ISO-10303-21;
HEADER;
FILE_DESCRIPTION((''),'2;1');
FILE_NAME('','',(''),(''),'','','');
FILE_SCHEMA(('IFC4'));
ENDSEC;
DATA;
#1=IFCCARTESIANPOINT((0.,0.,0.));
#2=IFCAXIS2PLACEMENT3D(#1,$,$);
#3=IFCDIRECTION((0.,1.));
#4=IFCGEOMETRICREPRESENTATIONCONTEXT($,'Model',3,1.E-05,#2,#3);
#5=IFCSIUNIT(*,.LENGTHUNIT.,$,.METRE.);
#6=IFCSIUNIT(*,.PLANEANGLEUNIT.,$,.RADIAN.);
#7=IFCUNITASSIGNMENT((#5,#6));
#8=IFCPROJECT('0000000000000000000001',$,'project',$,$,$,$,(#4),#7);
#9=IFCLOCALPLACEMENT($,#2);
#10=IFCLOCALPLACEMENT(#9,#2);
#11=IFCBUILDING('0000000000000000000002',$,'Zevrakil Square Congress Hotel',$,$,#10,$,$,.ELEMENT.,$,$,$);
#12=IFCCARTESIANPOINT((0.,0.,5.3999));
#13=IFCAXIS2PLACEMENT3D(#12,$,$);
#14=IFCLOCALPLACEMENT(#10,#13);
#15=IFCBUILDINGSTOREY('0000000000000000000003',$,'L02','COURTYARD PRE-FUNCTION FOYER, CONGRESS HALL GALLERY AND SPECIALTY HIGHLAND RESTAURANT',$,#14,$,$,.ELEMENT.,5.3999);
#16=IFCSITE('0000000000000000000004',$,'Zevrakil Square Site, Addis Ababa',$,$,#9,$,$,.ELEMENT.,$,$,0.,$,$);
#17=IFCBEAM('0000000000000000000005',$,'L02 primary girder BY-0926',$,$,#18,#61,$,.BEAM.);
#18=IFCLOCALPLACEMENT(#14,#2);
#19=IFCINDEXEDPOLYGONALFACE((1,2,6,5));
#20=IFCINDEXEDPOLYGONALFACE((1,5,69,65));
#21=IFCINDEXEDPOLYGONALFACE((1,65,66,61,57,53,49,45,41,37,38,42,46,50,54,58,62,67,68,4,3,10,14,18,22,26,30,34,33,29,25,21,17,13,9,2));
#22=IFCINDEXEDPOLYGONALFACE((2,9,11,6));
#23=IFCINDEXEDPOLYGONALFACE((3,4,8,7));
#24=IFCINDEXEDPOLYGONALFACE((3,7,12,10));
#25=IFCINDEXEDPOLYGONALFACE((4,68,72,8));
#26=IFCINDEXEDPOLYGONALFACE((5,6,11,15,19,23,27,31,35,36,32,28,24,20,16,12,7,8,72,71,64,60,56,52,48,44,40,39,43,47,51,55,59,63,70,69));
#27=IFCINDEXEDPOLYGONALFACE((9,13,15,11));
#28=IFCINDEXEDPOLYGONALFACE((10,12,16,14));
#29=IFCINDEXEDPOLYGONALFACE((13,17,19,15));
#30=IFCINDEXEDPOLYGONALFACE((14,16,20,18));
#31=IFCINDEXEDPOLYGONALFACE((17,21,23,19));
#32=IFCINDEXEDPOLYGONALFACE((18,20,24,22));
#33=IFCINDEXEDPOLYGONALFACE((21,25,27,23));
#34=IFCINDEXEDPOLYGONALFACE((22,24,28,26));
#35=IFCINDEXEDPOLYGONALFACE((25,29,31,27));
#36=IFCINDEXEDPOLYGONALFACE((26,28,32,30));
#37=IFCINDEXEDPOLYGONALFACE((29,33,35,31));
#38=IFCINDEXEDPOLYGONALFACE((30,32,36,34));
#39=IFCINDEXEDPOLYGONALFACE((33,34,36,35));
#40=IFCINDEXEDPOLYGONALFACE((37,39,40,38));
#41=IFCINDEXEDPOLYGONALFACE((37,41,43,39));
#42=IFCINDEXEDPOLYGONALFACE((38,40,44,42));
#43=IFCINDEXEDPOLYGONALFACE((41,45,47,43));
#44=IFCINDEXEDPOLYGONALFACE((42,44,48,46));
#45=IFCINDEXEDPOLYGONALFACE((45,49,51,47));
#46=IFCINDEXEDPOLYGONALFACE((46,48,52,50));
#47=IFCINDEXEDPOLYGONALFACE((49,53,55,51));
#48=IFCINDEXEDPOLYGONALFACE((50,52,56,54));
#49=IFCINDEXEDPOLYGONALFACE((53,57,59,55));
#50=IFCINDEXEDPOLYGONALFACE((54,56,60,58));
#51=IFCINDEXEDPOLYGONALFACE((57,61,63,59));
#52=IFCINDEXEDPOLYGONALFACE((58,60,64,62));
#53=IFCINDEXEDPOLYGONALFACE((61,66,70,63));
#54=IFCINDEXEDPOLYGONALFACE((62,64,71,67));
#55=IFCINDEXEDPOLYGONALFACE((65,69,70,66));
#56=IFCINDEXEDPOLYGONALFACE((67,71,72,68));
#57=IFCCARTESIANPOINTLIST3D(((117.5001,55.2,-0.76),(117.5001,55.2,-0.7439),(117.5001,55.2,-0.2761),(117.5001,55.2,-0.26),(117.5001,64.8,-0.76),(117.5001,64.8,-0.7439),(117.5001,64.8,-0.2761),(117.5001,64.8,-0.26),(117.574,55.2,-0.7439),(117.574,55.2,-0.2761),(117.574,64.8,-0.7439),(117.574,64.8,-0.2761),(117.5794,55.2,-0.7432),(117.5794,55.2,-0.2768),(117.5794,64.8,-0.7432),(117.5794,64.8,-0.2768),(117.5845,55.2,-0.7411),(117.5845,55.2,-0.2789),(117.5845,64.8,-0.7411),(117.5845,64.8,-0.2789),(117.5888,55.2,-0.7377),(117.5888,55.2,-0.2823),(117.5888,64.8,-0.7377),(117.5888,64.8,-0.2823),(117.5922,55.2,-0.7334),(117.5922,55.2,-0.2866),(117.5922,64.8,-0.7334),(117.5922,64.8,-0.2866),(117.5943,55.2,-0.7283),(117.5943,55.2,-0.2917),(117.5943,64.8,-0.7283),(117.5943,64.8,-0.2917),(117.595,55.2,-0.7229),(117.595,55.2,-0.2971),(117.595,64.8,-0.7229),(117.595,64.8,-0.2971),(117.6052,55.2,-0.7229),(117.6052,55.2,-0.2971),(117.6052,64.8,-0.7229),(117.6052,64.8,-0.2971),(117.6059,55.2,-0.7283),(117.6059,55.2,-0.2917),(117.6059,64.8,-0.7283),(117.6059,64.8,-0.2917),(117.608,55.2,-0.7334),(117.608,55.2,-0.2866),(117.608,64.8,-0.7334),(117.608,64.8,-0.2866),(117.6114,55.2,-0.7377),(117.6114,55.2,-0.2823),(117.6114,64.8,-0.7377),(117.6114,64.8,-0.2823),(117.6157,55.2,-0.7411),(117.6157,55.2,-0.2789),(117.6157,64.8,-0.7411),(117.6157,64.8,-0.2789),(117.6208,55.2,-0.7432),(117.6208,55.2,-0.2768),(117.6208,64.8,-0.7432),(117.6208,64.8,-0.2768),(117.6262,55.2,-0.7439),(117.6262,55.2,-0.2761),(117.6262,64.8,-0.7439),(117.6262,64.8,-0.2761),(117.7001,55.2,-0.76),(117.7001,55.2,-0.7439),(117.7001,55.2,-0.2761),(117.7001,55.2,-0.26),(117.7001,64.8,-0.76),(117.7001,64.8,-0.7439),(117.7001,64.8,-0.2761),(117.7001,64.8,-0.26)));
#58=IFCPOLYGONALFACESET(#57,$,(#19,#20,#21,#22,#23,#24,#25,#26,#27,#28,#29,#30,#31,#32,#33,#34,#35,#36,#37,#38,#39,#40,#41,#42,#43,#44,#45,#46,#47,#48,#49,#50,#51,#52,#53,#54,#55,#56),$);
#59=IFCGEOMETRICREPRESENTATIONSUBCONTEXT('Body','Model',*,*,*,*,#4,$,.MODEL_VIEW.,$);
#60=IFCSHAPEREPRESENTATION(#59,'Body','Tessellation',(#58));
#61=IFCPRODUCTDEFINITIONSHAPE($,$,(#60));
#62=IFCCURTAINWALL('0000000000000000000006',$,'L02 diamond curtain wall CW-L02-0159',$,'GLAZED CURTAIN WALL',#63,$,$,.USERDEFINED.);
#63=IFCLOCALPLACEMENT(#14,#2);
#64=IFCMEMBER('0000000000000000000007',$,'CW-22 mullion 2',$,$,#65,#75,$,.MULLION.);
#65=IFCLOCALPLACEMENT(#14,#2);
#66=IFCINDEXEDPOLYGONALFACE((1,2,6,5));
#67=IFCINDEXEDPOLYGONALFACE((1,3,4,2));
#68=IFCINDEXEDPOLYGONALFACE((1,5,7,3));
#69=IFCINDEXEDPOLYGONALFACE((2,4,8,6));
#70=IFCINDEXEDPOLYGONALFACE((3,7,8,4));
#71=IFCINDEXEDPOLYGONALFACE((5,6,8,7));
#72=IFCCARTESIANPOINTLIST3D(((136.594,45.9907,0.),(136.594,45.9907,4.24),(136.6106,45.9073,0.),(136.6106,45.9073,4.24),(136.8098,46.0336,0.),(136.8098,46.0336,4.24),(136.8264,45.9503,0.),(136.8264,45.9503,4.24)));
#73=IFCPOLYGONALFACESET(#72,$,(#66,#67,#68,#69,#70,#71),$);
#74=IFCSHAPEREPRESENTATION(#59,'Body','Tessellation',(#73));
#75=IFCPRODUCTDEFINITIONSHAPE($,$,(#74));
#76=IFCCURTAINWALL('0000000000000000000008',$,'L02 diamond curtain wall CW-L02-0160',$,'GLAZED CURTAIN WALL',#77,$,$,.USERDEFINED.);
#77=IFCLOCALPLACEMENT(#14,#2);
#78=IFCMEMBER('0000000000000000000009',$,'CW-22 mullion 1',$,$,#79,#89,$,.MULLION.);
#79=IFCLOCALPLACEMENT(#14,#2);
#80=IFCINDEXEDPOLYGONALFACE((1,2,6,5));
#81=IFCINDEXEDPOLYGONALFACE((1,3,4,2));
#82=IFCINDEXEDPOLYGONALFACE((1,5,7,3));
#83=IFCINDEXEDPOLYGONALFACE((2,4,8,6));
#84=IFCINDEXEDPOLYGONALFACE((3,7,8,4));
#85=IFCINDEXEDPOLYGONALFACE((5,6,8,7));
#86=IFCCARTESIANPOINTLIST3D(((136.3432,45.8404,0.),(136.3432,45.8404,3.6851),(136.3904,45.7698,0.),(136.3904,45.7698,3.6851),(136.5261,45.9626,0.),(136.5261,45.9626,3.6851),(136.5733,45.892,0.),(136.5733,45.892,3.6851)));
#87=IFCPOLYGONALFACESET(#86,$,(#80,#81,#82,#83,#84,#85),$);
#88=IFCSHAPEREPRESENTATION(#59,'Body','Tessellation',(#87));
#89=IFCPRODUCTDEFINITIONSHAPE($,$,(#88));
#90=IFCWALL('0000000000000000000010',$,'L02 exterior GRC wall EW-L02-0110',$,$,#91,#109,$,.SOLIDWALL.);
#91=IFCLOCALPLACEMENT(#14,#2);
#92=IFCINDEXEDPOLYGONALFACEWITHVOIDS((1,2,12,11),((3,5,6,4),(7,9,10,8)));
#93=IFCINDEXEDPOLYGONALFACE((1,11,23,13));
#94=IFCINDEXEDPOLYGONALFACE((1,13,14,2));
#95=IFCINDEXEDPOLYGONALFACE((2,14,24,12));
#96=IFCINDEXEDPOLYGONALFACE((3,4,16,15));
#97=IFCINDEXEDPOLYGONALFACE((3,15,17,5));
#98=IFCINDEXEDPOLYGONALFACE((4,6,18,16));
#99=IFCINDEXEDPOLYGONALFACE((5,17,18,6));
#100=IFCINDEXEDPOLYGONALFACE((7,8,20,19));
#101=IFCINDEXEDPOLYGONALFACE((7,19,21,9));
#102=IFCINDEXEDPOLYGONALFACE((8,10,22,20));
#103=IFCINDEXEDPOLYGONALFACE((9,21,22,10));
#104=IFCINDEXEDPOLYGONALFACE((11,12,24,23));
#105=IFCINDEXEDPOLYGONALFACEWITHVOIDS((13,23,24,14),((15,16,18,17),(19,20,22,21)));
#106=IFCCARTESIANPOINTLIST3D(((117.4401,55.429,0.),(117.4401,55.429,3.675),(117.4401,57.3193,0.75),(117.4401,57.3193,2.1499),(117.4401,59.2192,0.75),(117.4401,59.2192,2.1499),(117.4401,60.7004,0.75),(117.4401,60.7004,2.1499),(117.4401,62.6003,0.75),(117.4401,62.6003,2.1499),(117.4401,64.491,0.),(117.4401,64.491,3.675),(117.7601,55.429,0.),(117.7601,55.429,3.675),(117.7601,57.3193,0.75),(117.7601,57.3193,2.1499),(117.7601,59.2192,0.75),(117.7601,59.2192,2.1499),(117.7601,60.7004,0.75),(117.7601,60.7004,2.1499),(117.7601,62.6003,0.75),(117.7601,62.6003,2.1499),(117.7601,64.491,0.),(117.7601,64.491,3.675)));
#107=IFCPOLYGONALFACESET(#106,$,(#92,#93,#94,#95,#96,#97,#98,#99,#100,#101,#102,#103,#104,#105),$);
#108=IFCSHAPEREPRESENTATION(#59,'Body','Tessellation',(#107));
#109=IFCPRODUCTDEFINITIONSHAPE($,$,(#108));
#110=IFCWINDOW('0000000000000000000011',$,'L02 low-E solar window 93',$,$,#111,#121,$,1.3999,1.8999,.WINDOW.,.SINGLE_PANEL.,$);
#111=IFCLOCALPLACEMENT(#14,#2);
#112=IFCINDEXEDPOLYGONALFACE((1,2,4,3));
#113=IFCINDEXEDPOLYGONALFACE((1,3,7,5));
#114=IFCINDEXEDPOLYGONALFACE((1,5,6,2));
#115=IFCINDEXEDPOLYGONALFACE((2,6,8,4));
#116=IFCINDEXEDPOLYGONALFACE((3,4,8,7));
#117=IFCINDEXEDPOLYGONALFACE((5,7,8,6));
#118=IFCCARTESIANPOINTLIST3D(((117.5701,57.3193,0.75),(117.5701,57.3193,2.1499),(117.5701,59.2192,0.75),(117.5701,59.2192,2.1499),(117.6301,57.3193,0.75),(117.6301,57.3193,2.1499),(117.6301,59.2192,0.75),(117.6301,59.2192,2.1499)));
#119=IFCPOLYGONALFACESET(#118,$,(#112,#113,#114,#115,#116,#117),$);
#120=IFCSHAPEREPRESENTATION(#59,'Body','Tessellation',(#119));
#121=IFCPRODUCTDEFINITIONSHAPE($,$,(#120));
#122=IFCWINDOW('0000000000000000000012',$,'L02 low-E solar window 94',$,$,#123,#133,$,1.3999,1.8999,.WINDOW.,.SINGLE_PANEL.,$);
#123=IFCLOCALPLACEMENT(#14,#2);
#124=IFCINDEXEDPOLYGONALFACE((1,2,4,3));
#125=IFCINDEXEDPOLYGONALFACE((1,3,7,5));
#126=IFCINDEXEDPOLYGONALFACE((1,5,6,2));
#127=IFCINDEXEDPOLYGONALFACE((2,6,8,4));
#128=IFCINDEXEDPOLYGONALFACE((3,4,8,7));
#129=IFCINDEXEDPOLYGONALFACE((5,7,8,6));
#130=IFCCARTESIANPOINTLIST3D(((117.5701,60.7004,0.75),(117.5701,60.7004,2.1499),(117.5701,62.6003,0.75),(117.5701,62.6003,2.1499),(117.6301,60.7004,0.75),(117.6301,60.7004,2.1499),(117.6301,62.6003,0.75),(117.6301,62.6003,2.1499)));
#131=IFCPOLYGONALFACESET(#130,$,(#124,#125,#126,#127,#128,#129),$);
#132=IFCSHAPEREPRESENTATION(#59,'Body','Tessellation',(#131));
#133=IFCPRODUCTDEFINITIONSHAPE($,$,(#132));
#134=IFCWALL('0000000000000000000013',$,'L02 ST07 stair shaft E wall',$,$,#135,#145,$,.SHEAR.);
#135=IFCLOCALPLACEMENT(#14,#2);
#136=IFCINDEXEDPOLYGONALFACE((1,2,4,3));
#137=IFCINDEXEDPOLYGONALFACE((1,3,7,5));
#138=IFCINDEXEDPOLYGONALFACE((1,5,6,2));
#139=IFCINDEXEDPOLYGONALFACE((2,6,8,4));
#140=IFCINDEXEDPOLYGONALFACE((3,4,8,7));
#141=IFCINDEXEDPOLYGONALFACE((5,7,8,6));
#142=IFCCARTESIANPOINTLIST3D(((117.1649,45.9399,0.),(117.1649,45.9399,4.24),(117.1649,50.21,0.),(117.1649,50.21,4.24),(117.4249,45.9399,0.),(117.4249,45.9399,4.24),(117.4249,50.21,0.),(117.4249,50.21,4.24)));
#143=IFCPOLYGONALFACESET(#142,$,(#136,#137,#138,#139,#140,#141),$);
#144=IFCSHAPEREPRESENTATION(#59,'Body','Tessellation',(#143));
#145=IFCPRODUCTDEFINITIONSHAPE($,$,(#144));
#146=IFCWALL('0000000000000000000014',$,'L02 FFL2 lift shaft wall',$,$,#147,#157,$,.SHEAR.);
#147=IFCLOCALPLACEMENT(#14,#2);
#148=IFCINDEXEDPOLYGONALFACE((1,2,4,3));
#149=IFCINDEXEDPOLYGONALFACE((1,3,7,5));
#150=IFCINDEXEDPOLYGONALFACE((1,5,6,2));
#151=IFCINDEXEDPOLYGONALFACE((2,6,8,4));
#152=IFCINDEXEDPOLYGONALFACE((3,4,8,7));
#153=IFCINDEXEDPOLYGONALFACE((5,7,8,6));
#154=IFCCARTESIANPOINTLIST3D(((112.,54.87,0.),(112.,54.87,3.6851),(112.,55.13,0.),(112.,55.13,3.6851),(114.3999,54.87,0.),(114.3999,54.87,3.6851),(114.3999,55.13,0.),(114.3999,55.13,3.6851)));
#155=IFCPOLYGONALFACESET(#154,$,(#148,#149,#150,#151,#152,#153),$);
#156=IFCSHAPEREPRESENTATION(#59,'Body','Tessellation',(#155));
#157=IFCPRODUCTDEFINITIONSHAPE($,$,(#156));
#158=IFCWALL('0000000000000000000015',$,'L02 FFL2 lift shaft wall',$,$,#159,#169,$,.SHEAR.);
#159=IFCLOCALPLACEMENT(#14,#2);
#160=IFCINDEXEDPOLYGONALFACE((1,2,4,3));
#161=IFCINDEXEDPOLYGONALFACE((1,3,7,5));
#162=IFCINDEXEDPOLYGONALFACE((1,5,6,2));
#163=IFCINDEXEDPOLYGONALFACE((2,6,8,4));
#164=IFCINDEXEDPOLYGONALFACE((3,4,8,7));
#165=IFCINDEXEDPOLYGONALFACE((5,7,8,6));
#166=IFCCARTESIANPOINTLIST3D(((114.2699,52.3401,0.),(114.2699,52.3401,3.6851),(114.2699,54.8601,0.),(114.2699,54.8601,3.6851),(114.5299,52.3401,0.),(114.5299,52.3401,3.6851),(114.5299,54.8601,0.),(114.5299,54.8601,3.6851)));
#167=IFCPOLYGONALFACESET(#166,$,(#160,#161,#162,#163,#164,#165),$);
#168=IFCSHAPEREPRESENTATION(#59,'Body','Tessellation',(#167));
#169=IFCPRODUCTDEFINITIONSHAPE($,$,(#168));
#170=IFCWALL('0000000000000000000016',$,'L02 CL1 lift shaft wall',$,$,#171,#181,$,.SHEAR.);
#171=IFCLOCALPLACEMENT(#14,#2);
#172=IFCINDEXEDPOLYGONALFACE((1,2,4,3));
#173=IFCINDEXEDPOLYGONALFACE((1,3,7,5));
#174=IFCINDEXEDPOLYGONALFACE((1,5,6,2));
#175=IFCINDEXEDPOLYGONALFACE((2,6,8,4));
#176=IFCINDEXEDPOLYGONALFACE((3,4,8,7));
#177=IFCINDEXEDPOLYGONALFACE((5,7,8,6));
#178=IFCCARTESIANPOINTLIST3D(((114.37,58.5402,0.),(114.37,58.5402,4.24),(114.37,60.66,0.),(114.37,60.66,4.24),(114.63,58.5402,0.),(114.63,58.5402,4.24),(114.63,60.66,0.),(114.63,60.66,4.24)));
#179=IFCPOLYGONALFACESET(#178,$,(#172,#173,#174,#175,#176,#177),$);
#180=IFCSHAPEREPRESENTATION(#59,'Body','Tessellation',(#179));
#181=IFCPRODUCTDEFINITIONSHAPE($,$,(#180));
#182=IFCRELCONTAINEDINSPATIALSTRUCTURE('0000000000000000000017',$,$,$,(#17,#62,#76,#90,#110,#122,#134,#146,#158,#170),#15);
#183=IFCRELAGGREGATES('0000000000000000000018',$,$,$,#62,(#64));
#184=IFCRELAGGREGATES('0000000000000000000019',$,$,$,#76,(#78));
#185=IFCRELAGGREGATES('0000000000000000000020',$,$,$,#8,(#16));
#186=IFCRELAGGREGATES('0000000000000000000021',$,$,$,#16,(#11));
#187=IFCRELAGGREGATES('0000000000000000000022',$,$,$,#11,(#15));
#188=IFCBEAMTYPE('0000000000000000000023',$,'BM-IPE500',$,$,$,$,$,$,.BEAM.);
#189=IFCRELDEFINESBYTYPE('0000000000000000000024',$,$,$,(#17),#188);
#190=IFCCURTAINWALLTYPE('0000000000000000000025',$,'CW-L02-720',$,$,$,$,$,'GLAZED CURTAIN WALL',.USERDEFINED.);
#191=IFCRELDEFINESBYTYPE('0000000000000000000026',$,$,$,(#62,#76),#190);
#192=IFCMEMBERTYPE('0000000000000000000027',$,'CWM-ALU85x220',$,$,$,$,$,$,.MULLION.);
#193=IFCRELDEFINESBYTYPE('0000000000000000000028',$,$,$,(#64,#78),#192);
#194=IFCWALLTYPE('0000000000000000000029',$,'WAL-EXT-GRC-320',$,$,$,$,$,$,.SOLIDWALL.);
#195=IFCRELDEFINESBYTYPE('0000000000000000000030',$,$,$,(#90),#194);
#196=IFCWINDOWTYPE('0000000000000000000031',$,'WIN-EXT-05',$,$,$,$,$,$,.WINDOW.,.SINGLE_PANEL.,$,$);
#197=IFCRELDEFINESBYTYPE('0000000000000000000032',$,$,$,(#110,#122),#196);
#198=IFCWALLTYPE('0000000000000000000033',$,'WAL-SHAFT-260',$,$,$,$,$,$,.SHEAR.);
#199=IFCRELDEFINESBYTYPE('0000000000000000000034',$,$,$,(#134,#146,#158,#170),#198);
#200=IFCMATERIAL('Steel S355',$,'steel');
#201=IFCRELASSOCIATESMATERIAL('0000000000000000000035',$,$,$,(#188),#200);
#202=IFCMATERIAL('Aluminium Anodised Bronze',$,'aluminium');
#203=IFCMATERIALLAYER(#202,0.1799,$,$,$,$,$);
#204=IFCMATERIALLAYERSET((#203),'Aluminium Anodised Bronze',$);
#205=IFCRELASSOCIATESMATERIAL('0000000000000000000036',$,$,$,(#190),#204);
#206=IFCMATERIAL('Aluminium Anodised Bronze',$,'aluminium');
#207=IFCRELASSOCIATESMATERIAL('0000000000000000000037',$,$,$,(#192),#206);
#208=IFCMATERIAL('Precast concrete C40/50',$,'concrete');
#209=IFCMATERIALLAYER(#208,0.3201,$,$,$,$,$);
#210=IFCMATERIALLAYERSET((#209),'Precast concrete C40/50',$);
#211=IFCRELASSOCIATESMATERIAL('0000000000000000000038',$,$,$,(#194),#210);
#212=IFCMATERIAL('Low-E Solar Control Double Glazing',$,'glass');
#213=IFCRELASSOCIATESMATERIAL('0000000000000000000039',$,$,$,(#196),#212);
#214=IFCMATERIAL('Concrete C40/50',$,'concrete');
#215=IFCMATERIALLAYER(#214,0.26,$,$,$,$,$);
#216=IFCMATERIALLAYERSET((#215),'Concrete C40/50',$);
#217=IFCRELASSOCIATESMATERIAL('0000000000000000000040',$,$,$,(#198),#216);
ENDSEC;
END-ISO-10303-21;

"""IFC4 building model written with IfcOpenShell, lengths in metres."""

from ifc_helpers import new_model, si_unit, direction, frame, frame_2d, origin, origin_2d, place, context, subcontext, project, spatial, rectangle, i_section, extrude, material, layer, layer_set, material_profile, profile_set, type_object, element, fill, aggregate, save


model = new_model("IFC4")

# Units and contexts
model_context = context("Model", 3, precision=1e-05, world=origin(), true_north=direction((0.0, 1.0)))
body_context = subcontext(model_context, "Body", "Model", "MODEL_VIEW")
ifc_project = project(units=[si_unit("LENGTHUNIT", "METRE"), si_unit("PLANEANGLEUNIT", "RADIAN")], contexts=[model_context])

# Site, building, storey
site_placement = place(None, origin())
site = spatial("IfcSite", under=ifc_project, at=site_placement, Name="Zevrakil Square Site, Addis Ababa", CompositionType="ELEMENT", RefElevation=0.0)
building_placement = place(site_placement, origin())
building = spatial("IfcBuilding", under=site, at=building_placement, Name="Zevrakil Square Congress Hotel", CompositionType="ELEMENT")
storey_placement = place(building_placement, frame((0.0, 0.0, 5.3999)))
storey = spatial("IfcBuildingStorey", under=building, at=storey_placement, Name="L02", Description="COURTYARD PRE-FUNCTION FOYER, CONGRESS HALL GALLERY AND SPECIALTY HIGHLAND RESTAURANT", CompositionType="ELEMENT", Elevation=5.3999)

# Beam
ifc_material_1 = material(Name="Steel S355", Category="steel")
ifc_material_profile_1 = material_profile(ifc_material_1, i_section(OverallWidth=0.2, OverallDepth=0.5, WebThickness=0.0103, FlangeThickness=0.0161, FilletRadius=0.021, at=origin_2d()), Name="IPE 500")
ifc_profile_set_1 = profile_set([ifc_material_profile_1], Name="Steel S355")
beam_type = type_object("IfcBeamType", Name="BM-IPE500", PredefinedType="BEAM", material=ifc_profile_set_1)
beam_placement = place(storey_placement, frame((117.6001, 55.2, -0.51), z_axis=(0.0, 1.0, 0.0), x_axis=(-1.0, 0.0, 0.0)))
element("IfcBeam", 1, at=beam_placement, inside=storey, type_object=beam_type, Name="L02 primary girder BY-0926", PredefinedType="BEAM", context=body_context, shape_type="SweptSolid", body=[
    extrude(i_section(OverallWidth=0.2, OverallDepth=0.5, WebThickness=0.0103, FlangeThickness=0.0161, FilletRadius=0.021, at=origin_2d()), origin(), (0.0, 0.0, 1.0), 9.6001),
])

# Curtain walls, members
ifc_material_2 = material(Name="Aluminium Anodised Bronze", Category="aluminium")
ifc_layer_1 = layer(ifc_material_2, 0.1799)
ifc_layer_set_1 = layer_set([ifc_layer_1], Name="Aluminium Anodised Bronze")
curtain_wall_type = type_object("IfcCurtainWallType", Name="CW-L02-720", ElementType="GLAZED CURTAIN WALL", PredefinedType="USERDEFINED", material=ifc_layer_set_1)
curtain_wall_1_placement = place(storey_placement, origin())
curtain_wall_1 = element("IfcCurtainWall", 2, at=curtain_wall_1_placement, inside=storey, type_object=curtain_wall_type, Name="L02 diamond curtain wall CW-L02-0159", ObjectType="GLAZED CURTAIN WALL", PredefinedType="USERDEFINED")
ifc_material_3 = material(Name="Aluminium Anodised Bronze", Category="aluminium")
ifc_material_profile_2 = material_profile(ifc_material_3, rectangle(XDim=0.085, YDim=0.22, at=origin_2d()), Name="ALU 85x220")
ifc_profile_set_2 = profile_set([ifc_material_profile_2], Name="Aluminium Anodised Bronze")
member_type = type_object("IfcMemberType", Name="CWM-ALU85x220", PredefinedType="MULLION", material=ifc_profile_set_2)
member_1_placement = place(storey_placement, frame((136.7102, 45.9705, 0.0), z_axis=(0.0, 0.0, 1.0), x_axis=(0.195076, -0.980788, 0.0)))
member_1 = element("IfcMember", 3, at=member_1_placement, type_object=member_type, Name="CW-22 mullion 2", PredefinedType="MULLION", context=body_context, shape_type="SweptSolid", body=[
    extrude(rectangle(XDim=0.085, YDim=0.22, at=origin_2d()), origin(), (0.0, 0.0, 1.0), 4.24),
])
aggregate(curtain_wall_1, [member_1])
curtain_wall_2_placement = place(storey_placement, origin())
curtain_wall_2 = element("IfcCurtainWall", 4, at=curtain_wall_2_placement, inside=storey, type_object=curtain_wall_type, Name="L02 diamond curtain wall CW-L02-0160", ObjectType="GLAZED CURTAIN WALL", PredefinedType="USERDEFINED")
member_2_placement = place(storey_placement, frame((136.4583, 45.8662, 0.0), z_axis=(0.0, 0.0, 1.0), x_axis=(0.55558, -0.831463, 0.0)))
member_2 = element("IfcMember", 5, at=member_2_placement, type_object=member_type, Name="CW-22 mullion 1", PredefinedType="MULLION", context=body_context, shape_type="SweptSolid", body=[
    extrude(rectangle(XDim=0.085, YDim=0.22, at=origin_2d()), origin(), (0.0, 0.0, 1.0), 3.6851),
])
aggregate(curtain_wall_2, [member_2])

# Wall, openings, windows
ifc_material_4 = material(Name="Precast concrete C40/50", Category="concrete")
ifc_layer_2 = layer(ifc_material_4, 0.3201)
ifc_layer_set_2 = layer_set([ifc_layer_2], Name="Precast concrete C40/50")
wall_type_1 = type_object("IfcWallType", Name="WAL-EXT-GRC-320", PredefinedType="SOLIDWALL", material=ifc_layer_set_2)
wall_1_placement = place(storey_placement, frame((117.6001, 55.429, 0.0), z_axis=(0.0, 0.0, 1.0), x_axis=(0.0, 1.0, 0.0)))
wall_1 = element("IfcWall", 6, at=wall_1_placement, inside=storey, type_object=wall_type_1, Name="L02 exterior GRC wall EW-L02-0110", PredefinedType="SOLIDWALL", context=body_context, shape_type="SweptSolid", body=[
    extrude(rectangle(XDim=9.062, YDim=0.3201, at=frame_2d((4.531, 0.0))), origin(), (0.0, 0.0, 1.0), 3.675),
])
opening_1_placement = place(wall_1_placement, frame((1.8904, 0.0, 0.75)))
opening_1 = element("IfcOpeningElement", 7, at=opening_1_placement, cuts=wall_1, PredefinedType="OPENING", context=body_context, shape_type="SweptSolid", body=[
    extrude(rectangle(XDim=1.8999, YDim=1.3999, at=frame_2d((0.95, 0.7))), frame((0.0, 0.1699, 0.0), z_axis=(0.0, -1.0, 0.0), x_axis=(1.0, 0.0, 0.0)), (0.0, 0.0, 1.0), 0.3401),
])
opening_2_placement = place(wall_1_placement, frame((5.2715, 0.0, 0.75)))
opening_2 = element("IfcOpeningElement", 8, at=opening_2_placement, cuts=wall_1, PredefinedType="OPENING", context=body_context, shape_type="SweptSolid", body=[
    extrude(rectangle(XDim=1.8999, YDim=1.3999, at=frame_2d((0.95, 0.7))), frame((0.0, 0.1699, 0.0), z_axis=(0.0, -1.0, 0.0), x_axis=(1.0, 0.0, 0.0)), (0.0, 0.0, 1.0), 0.3401),
])
ifc_material_5 = material(Name="Low-E Solar Control Double Glazing", Category="glass")
window_type = type_object("IfcWindowType", Name="WIN-EXT-05", PartitioningType="SINGLE_PANEL", PredefinedType="WINDOW", material=ifc_material_5)
window_1_placement = place(opening_1_placement, origin())
window_1 = element("IfcWindow", 9, at=window_1_placement, inside=storey, type_object=window_type, Name="L02 low-E solar window 93", OverallHeight=1.3999, OverallWidth=1.8999, PartitioningType="SINGLE_PANEL", PredefinedType="WINDOW", context=body_context, shape_type="SweptSolid", body=[
    extrude(rectangle(XDim=1.8999, YDim=1.3999, at=frame_2d((0.95, 0.7))), frame((0.0, 0.03, 0.0), z_axis=(0.0, -1.0, 0.0), x_axis=(1.0, 0.0, 0.0)), (0.0, 0.0, 1.0), 0.0601),
])
fill(opening_1, window_1)
window_2_placement = place(opening_2_placement, origin())
window_2 = element("IfcWindow", 10, at=window_2_placement, inside=storey, type_object=window_type, Name="L02 low-E solar window 94", OverallHeight=1.3999, OverallWidth=1.8999, PartitioningType="SINGLE_PANEL", PredefinedType="WINDOW", context=body_context, shape_type="SweptSolid", body=[
    extrude(rectangle(XDim=1.8999, YDim=1.3999, at=frame_2d((0.95, 0.7))), frame((0.0, 0.03, 0.0), z_axis=(0.0, -1.0, 0.0), x_axis=(1.0, 0.0, 0.0)), (0.0, 0.0, 1.0), 0.0601),
])
fill(opening_2, window_2)

# Walls
ifc_material_6 = material(Name="Concrete C40/50", Category="concrete")
ifc_layer_3 = layer(ifc_material_6, 0.26)
ifc_layer_set_3 = layer_set([ifc_layer_3], Name="Concrete C40/50")
wall_type_2 = type_object("IfcWallType", Name="WAL-SHAFT-260", PredefinedType="SHEAR", material=ifc_layer_set_3)
wall_2_placement = place(storey_placement, frame((117.2949, 45.9399, 0.0), z_axis=(0.0, 0.0, 1.0), x_axis=(0.0, 1.0, 0.0)))
element("IfcWall", 11, at=wall_2_placement, inside=storey, type_object=wall_type_2, Name="L02 ST07 stair shaft E wall", PredefinedType="SHEAR", context=body_context, shape_type="SweptSolid", body=[
    extrude(rectangle(XDim=4.27, YDim=0.26, at=frame_2d((2.135, 0.0))), origin(), (0.0, 0.0, 1.0), 4.24),
])
wall_3_placement = place(storey_placement, frame((112.0, 55.0, 0.0), z_axis=(0.0, 0.0, 1.0), x_axis=(1.0, 0.0, 0.0)))
element("IfcWall", 12, at=wall_3_placement, inside=storey, type_object=wall_type_2, Name="L02 FFL2 lift shaft wall", PredefinedType="SHEAR", context=body_context, shape_type="SweptSolid", body=[
    extrude(rectangle(XDim=2.3999, YDim=0.26, at=frame_2d((1.2, 0.0))), origin(), (0.0, 0.0, 1.0), 3.6851),
])
wall_4_placement = place(storey_placement, frame((114.3999, 52.3401, 0.0), z_axis=(0.0, 0.0, 1.0), x_axis=(0.0, 1.0, 0.0)))
element("IfcWall", 13, at=wall_4_placement, inside=storey, type_object=wall_type_2, Name="L02 FFL2 lift shaft wall", PredefinedType="SHEAR", context=body_context, shape_type="SweptSolid", body=[
    extrude(rectangle(XDim=2.52, YDim=0.26, at=frame_2d((1.26, 0.0))), origin(), (0.0, 0.0, 1.0), 3.6851),
])
wall_5_placement = place(storey_placement, frame((114.5, 58.54, 0.0), z_axis=(0.0, 0.0, 1.0), x_axis=(0.0, 1.0, 0.0)))
element("IfcWall", 14, at=wall_5_placement, inside=storey, type_object=wall_type_2, Name="L02 CL1 lift shaft wall", PredefinedType="SHEAR", context=body_context, shape_type="SweptSolid", body=[
    extrude(rectangle(XDim=2.1199, YDim=0.26, at=frame_2d((1.0601, 0.0))), origin(), (0.0, 0.0, 1.0), 4.24),
])

save(model, "model.ifc")
